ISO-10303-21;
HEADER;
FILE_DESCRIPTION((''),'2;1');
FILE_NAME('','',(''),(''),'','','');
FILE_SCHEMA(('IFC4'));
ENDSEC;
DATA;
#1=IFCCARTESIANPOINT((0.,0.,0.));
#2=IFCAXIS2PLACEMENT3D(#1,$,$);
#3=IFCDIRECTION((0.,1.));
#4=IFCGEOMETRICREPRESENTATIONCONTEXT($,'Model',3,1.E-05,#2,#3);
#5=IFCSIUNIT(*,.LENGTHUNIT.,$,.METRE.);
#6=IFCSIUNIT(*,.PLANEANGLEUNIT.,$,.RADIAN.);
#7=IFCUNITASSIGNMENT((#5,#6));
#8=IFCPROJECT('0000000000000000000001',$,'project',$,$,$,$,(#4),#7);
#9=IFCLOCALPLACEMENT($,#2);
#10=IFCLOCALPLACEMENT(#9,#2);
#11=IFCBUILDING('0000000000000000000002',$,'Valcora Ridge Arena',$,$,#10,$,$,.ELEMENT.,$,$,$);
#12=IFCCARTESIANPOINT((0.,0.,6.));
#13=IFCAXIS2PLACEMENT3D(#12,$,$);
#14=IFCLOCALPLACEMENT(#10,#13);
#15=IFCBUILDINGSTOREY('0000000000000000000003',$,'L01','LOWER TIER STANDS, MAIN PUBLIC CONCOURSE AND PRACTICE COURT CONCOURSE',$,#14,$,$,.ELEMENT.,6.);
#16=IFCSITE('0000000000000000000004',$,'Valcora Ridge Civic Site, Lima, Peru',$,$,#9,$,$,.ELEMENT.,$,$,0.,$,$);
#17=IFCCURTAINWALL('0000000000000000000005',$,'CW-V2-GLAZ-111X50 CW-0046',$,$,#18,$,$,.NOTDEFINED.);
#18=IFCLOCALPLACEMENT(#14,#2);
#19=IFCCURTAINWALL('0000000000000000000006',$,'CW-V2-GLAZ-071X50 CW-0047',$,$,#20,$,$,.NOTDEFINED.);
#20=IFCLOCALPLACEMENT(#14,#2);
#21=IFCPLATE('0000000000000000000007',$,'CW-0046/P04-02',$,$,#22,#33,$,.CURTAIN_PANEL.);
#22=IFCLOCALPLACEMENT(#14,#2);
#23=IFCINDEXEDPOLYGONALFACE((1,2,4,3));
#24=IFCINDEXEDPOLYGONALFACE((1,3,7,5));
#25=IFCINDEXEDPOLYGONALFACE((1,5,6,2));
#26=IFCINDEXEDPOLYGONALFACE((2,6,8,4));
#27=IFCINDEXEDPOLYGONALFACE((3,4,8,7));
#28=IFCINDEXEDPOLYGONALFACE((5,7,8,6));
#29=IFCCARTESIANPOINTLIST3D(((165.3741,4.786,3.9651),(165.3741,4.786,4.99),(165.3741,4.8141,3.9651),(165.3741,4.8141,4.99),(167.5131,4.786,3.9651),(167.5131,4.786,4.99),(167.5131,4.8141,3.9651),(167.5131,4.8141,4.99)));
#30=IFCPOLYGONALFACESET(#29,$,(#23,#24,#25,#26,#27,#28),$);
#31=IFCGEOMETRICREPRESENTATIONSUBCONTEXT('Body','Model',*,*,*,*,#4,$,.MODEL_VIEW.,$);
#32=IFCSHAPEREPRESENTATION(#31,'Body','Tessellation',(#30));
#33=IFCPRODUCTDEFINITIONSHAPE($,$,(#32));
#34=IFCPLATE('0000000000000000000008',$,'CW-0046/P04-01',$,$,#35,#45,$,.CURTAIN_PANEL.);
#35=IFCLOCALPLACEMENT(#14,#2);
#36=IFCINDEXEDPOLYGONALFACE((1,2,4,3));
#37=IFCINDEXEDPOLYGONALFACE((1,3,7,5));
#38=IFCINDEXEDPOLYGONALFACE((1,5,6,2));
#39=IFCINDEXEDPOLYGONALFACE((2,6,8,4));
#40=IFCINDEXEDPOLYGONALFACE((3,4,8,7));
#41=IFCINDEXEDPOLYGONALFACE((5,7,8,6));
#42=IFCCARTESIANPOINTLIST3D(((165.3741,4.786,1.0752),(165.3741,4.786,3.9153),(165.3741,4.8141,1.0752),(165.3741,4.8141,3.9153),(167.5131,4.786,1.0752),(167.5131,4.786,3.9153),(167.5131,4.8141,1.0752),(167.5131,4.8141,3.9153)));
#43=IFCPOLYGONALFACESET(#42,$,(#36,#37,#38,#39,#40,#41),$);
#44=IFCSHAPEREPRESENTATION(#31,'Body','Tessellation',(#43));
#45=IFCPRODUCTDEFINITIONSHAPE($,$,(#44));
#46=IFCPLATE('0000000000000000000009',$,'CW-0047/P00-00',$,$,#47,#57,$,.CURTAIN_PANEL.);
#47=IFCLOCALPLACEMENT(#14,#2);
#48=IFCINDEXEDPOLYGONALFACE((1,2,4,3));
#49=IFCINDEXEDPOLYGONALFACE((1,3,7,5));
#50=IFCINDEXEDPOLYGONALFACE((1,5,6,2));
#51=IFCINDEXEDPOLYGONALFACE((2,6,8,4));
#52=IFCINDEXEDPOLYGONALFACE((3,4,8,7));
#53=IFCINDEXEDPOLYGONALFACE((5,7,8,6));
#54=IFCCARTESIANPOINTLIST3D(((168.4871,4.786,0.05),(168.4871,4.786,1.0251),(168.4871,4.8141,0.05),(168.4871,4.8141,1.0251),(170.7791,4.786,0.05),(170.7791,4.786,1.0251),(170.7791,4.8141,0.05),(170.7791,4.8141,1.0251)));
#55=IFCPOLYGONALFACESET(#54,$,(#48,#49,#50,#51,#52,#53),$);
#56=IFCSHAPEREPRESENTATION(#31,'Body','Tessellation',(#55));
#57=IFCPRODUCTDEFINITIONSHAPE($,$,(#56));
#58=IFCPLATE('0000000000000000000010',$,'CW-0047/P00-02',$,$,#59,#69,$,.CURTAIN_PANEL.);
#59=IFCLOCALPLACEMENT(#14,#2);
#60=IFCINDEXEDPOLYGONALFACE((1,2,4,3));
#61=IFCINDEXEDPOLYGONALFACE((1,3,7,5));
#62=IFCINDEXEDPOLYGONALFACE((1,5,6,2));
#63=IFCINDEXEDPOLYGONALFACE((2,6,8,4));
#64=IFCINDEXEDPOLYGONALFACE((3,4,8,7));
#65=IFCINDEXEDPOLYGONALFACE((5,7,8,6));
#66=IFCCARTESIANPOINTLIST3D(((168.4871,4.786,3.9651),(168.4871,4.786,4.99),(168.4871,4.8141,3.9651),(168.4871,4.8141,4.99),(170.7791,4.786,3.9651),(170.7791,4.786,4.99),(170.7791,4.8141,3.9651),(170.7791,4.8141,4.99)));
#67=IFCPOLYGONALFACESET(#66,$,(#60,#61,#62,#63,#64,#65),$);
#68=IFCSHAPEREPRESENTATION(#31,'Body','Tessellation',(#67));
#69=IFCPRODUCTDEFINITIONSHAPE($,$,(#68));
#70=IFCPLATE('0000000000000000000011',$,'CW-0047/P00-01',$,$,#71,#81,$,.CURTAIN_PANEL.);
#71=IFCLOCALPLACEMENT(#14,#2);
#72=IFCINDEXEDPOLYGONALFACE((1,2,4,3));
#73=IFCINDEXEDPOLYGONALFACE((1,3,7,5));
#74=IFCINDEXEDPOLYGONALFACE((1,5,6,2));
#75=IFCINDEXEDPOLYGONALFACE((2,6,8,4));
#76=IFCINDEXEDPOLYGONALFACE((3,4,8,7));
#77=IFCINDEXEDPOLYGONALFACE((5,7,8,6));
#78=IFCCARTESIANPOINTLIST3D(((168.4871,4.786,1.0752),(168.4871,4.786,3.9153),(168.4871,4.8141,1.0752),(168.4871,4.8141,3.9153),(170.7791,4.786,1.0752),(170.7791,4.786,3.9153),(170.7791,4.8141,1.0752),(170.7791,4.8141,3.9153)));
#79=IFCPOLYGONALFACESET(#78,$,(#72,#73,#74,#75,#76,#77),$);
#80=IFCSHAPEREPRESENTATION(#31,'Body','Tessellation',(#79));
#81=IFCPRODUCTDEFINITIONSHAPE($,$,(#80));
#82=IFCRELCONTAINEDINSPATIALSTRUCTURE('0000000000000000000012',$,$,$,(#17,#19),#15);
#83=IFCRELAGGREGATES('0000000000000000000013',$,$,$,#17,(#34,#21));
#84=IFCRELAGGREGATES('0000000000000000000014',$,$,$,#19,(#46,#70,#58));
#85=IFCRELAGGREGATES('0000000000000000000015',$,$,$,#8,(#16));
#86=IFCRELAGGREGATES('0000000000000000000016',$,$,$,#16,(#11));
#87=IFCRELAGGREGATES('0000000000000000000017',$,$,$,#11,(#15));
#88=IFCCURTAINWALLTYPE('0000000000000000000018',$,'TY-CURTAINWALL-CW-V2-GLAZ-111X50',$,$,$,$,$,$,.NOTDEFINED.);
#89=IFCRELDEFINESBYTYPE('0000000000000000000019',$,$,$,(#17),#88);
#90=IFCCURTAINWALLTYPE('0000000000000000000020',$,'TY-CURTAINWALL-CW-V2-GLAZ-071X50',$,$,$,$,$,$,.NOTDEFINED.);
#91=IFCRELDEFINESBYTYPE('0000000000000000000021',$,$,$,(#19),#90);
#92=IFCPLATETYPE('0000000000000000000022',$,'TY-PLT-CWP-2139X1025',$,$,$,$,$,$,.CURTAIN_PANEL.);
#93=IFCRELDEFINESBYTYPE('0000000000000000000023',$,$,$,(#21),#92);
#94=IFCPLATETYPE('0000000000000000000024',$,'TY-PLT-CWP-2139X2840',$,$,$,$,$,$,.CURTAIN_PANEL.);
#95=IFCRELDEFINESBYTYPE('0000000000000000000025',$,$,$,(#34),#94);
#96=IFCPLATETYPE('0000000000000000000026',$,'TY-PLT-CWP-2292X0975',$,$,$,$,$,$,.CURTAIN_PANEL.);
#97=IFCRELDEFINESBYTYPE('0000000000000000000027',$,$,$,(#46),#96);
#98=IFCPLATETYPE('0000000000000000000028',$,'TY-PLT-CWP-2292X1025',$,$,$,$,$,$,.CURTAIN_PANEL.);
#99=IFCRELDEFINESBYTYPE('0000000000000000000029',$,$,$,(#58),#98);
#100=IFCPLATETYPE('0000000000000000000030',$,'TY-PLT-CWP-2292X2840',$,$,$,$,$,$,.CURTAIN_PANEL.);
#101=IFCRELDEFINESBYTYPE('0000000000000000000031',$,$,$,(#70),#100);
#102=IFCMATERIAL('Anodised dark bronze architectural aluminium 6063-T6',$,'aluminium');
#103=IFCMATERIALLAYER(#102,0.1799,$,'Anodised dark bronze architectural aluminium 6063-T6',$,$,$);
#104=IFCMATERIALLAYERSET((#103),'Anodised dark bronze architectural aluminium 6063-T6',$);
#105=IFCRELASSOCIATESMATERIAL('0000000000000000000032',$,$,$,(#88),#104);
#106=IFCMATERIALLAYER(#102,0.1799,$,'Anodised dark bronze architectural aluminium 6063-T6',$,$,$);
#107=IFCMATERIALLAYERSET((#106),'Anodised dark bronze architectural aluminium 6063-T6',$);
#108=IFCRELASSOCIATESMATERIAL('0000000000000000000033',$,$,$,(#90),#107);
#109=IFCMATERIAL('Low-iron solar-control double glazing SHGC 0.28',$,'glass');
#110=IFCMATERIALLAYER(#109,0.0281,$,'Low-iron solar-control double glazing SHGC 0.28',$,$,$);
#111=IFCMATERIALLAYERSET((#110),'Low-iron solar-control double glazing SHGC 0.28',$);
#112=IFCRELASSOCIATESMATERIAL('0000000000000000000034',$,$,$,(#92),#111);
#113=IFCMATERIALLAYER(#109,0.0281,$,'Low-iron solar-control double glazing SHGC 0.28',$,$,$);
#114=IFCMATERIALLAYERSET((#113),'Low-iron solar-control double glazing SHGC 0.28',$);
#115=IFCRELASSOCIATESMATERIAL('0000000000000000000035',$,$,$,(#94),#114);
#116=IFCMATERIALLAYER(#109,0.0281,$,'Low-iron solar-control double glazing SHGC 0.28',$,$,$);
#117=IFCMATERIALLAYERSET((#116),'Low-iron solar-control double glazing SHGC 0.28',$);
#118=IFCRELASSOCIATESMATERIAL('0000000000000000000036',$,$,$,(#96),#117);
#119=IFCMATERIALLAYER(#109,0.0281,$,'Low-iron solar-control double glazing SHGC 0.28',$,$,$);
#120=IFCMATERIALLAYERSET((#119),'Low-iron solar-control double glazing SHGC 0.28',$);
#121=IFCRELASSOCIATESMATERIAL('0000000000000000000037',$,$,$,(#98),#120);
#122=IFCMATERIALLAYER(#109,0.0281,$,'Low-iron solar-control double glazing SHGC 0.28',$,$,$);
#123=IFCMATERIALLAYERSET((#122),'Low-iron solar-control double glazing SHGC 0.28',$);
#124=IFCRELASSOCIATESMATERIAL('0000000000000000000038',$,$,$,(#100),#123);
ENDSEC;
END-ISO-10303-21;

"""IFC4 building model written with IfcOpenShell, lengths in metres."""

from ifc_helpers import new_model, si_unit, direction, frame, origin, origin_2d, place, context, subcontext, project, spatial, rectangle, extrude, material, layer, layer_set, type_object, element, aggregate, save


model = new_model("IFC4")

# Units and contexts
model_context = context("Model", 3, precision=1e-05, world=origin(), true_north=direction((0.0, 1.0)))
body_context = subcontext(model_context, "Body", "Model", "MODEL_VIEW")
ifc_project = project(units=[si_unit("LENGTHUNIT", "METRE"), si_unit("PLANEANGLEUNIT", "RADIAN")], contexts=[model_context])

# Site, building, storey
site_placement = place(None, origin())
site = spatial("IfcSite", under=ifc_project, at=site_placement, Name="Valcora Ridge Civic Site, Lima, Peru", CompositionType="ELEMENT", RefElevation=0.0)
building_placement = place(site_placement, origin())
building = spatial("IfcBuilding", under=site, at=building_placement, Name="Valcora Ridge Arena", CompositionType="ELEMENT")
storey_placement = place(building_placement, frame((0.0, 0.0, 6.0)))
storey = spatial("IfcBuildingStorey", under=building, at=storey_placement, Name="L01", Description="LOWER TIER STANDS, MAIN PUBLIC CONCOURSE AND PRACTICE COURT CONCOURSE", CompositionType="ELEMENT", Elevation=6.0)

# Curtain wall
ifc_material_1 = material(Name="Anodised dark bronze architectural aluminium 6063-T6", Category="aluminium")
ifc_layer_1 = layer(ifc_material_1, 0.1799, Name="Anodised dark bronze architectural aluminium 6063-T6")
ifc_layer_set_1 = layer_set([ifc_layer_1], Name="Anodised dark bronze architectural aluminium 6063-T6")
curtain_wall_type_1 = type_object("IfcCurtainWallType", Name="TY-CURTAINWALL-CW-V2-GLAZ-111X50", PredefinedType="NOTDEFINED", material=ifc_layer_set_1)
curtain_wall_1_placement = place(storey_placement, origin())
curtain_wall_1 = element("IfcCurtainWall", 1, at=curtain_wall_1_placement, inside=storey, type_object=curtain_wall_type_1, Name="CW-V2-GLAZ-111X50 CW-0046", PredefinedType="NOTDEFINED")

# Curtain wall
ifc_layer_2 = layer(ifc_material_1, 0.1799, Name="Anodised dark bronze architectural aluminium 6063-T6")
ifc_layer_set_2 = layer_set([ifc_layer_2], Name="Anodised dark bronze architectural aluminium 6063-T6")
curtain_wall_type_2 = type_object("IfcCurtainWallType", Name="TY-CURTAINWALL-CW-V2-GLAZ-071X50", PredefinedType="NOTDEFINED", material=ifc_layer_set_2)
curtain_wall_2_placement = place(storey_placement, origin())
curtain_wall_2 = element("IfcCurtainWall", 2, at=curtain_wall_2_placement, inside=storey, type_object=curtain_wall_type_2, Name="CW-V2-GLAZ-071X50 CW-0047", PredefinedType="NOTDEFINED")

# Plates
ifc_material_2 = material(Name="Low-iron solar-control double glazing SHGC 0.28", Category="glass")
ifc_layer_3 = layer(ifc_material_2, 0.0281, Name="Low-iron solar-control double glazing SHGC 0.28")
ifc_layer_set_3 = layer_set([ifc_layer_3], Name="Low-iron solar-control double glazing SHGC 0.28")
plate_type_1 = type_object("IfcPlateType", Name="TY-PLT-CWP-2139X1025", PredefinedType="CURTAIN_PANEL", material=ifc_layer_set_3)
plate_1_placement = place(storey_placement, frame((166.4436, 4.8, 3.9651), z_axis=(0.0, 0.0, 1.0), x_axis=(1.0, 0.0, 0.0)))
plate_1 = element("IfcPlate", 3, at=plate_1_placement, type_object=plate_type_1, Name="CW-0046/P04-02", PredefinedType="CURTAIN_PANEL", context=body_context, shape_type="SweptSolid", body=[
    extrude(rectangle(XDim=2.1389, YDim=0.0281, at=origin_2d()), origin(), (0.0, 0.0, 1.0), 1.0249),
])
ifc_layer_4 = layer(ifc_material_2, 0.0281, Name="Low-iron solar-control double glazing SHGC 0.28")
ifc_layer_set_4 = layer_set([ifc_layer_4], Name="Low-iron solar-control double glazing SHGC 0.28")
plate_type_2 = type_object("IfcPlateType", Name="TY-PLT-CWP-2139X2840", PredefinedType="CURTAIN_PANEL", material=ifc_layer_set_4)
plate_2_placement = place(storey_placement, frame((166.4436, 4.8, 1.0752), z_axis=(0.0, 0.0, 1.0), x_axis=(1.0, 0.0, 0.0)))
plate_2 = element("IfcPlate", 4, at=plate_2_placement, type_object=plate_type_2, Name="CW-0046/P04-01", PredefinedType="CURTAIN_PANEL", context=body_context, shape_type="SweptSolid", body=[
    extrude(rectangle(XDim=2.1389, YDim=0.0281, at=origin_2d()), origin(), (0.0, 0.0, 1.0), 2.8401),
])
aggregate(curtain_wall_1, [plate_2, plate_1])
ifc_layer_5 = layer(ifc_material_2, 0.0281, Name="Low-iron solar-control double glazing SHGC 0.28")
ifc_layer_set_5 = layer_set([ifc_layer_5], Name="Low-iron solar-control double glazing SHGC 0.28")
plate_type_3 = type_object("IfcPlateType", Name="TY-PLT-CWP-2292X0975", PredefinedType="CURTAIN_PANEL", material=ifc_layer_set_5)
plate_3_placement = place(storey_placement, frame((169.6331, 4.8, 0.05), z_axis=(0.0, 0.0, 1.0), x_axis=(1.0, 0.0, 0.0)))
plate_3 = element("IfcPlate", 5, at=plate_3_placement, type_object=plate_type_3, Name="CW-0047/P00-00", PredefinedType="CURTAIN_PANEL", context=body_context, shape_type="SweptSolid", body=[
    extrude(rectangle(XDim=2.292, YDim=0.0281, at=origin_2d()), origin(), (0.0, 0.0, 1.0), 0.9751),
])
ifc_layer_6 = layer(ifc_material_2, 0.0281, Name="Low-iron solar-control double glazing SHGC 0.28")
ifc_layer_set_6 = layer_set([ifc_layer_6], Name="Low-iron solar-control double glazing SHGC 0.28")
plate_type_4 = type_object("IfcPlateType", Name="TY-PLT-CWP-2292X1025", PredefinedType="CURTAIN_PANEL", material=ifc_layer_set_6)
plate_4_placement = place(storey_placement, frame((169.6331, 4.8, 3.9651), z_axis=(0.0, 0.0, 1.0), x_axis=(1.0, 0.0, 0.0)))
plate_4 = element("IfcPlate", 6, at=plate_4_placement, type_object=plate_type_4, Name="CW-0047/P00-02", PredefinedType="CURTAIN_PANEL", context=body_context, shape_type="SweptSolid", body=[
    extrude(rectangle(XDim=2.292, YDim=0.0281, at=origin_2d()), origin(), (0.0, 0.0, 1.0), 1.0249),
])
ifc_layer_7 = layer(ifc_material_2, 0.0281, Name="Low-iron solar-control double glazing SHGC 0.28")
ifc_layer_set_7 = layer_set([ifc_layer_7], Name="Low-iron solar-control double glazing SHGC 0.28")
plate_type_5 = type_object("IfcPlateType", Name="TY-PLT-CWP-2292X2840", PredefinedType="CURTAIN_PANEL", material=ifc_layer_set_7)
plate_5_placement = place(storey_placement, frame((169.6331, 4.8, 1.0752), z_axis=(0.0, 0.0, 1.0), x_axis=(1.0, 0.0, 0.0)))
plate_5 = element("IfcPlate", 7, at=plate_5_placement, type_object=plate_type_5, Name="CW-0047/P00-01", PredefinedType="CURTAIN_PANEL", context=body_context, shape_type="SweptSolid", body=[
    extrude(rectangle(XDim=2.292, YDim=0.0281, at=origin_2d()), origin(), (0.0, 0.0, 1.0), 2.8401),
])
aggregate(curtain_wall_2, [plate_3, plate_5, plate_4])

save(model, "model.ifc")
